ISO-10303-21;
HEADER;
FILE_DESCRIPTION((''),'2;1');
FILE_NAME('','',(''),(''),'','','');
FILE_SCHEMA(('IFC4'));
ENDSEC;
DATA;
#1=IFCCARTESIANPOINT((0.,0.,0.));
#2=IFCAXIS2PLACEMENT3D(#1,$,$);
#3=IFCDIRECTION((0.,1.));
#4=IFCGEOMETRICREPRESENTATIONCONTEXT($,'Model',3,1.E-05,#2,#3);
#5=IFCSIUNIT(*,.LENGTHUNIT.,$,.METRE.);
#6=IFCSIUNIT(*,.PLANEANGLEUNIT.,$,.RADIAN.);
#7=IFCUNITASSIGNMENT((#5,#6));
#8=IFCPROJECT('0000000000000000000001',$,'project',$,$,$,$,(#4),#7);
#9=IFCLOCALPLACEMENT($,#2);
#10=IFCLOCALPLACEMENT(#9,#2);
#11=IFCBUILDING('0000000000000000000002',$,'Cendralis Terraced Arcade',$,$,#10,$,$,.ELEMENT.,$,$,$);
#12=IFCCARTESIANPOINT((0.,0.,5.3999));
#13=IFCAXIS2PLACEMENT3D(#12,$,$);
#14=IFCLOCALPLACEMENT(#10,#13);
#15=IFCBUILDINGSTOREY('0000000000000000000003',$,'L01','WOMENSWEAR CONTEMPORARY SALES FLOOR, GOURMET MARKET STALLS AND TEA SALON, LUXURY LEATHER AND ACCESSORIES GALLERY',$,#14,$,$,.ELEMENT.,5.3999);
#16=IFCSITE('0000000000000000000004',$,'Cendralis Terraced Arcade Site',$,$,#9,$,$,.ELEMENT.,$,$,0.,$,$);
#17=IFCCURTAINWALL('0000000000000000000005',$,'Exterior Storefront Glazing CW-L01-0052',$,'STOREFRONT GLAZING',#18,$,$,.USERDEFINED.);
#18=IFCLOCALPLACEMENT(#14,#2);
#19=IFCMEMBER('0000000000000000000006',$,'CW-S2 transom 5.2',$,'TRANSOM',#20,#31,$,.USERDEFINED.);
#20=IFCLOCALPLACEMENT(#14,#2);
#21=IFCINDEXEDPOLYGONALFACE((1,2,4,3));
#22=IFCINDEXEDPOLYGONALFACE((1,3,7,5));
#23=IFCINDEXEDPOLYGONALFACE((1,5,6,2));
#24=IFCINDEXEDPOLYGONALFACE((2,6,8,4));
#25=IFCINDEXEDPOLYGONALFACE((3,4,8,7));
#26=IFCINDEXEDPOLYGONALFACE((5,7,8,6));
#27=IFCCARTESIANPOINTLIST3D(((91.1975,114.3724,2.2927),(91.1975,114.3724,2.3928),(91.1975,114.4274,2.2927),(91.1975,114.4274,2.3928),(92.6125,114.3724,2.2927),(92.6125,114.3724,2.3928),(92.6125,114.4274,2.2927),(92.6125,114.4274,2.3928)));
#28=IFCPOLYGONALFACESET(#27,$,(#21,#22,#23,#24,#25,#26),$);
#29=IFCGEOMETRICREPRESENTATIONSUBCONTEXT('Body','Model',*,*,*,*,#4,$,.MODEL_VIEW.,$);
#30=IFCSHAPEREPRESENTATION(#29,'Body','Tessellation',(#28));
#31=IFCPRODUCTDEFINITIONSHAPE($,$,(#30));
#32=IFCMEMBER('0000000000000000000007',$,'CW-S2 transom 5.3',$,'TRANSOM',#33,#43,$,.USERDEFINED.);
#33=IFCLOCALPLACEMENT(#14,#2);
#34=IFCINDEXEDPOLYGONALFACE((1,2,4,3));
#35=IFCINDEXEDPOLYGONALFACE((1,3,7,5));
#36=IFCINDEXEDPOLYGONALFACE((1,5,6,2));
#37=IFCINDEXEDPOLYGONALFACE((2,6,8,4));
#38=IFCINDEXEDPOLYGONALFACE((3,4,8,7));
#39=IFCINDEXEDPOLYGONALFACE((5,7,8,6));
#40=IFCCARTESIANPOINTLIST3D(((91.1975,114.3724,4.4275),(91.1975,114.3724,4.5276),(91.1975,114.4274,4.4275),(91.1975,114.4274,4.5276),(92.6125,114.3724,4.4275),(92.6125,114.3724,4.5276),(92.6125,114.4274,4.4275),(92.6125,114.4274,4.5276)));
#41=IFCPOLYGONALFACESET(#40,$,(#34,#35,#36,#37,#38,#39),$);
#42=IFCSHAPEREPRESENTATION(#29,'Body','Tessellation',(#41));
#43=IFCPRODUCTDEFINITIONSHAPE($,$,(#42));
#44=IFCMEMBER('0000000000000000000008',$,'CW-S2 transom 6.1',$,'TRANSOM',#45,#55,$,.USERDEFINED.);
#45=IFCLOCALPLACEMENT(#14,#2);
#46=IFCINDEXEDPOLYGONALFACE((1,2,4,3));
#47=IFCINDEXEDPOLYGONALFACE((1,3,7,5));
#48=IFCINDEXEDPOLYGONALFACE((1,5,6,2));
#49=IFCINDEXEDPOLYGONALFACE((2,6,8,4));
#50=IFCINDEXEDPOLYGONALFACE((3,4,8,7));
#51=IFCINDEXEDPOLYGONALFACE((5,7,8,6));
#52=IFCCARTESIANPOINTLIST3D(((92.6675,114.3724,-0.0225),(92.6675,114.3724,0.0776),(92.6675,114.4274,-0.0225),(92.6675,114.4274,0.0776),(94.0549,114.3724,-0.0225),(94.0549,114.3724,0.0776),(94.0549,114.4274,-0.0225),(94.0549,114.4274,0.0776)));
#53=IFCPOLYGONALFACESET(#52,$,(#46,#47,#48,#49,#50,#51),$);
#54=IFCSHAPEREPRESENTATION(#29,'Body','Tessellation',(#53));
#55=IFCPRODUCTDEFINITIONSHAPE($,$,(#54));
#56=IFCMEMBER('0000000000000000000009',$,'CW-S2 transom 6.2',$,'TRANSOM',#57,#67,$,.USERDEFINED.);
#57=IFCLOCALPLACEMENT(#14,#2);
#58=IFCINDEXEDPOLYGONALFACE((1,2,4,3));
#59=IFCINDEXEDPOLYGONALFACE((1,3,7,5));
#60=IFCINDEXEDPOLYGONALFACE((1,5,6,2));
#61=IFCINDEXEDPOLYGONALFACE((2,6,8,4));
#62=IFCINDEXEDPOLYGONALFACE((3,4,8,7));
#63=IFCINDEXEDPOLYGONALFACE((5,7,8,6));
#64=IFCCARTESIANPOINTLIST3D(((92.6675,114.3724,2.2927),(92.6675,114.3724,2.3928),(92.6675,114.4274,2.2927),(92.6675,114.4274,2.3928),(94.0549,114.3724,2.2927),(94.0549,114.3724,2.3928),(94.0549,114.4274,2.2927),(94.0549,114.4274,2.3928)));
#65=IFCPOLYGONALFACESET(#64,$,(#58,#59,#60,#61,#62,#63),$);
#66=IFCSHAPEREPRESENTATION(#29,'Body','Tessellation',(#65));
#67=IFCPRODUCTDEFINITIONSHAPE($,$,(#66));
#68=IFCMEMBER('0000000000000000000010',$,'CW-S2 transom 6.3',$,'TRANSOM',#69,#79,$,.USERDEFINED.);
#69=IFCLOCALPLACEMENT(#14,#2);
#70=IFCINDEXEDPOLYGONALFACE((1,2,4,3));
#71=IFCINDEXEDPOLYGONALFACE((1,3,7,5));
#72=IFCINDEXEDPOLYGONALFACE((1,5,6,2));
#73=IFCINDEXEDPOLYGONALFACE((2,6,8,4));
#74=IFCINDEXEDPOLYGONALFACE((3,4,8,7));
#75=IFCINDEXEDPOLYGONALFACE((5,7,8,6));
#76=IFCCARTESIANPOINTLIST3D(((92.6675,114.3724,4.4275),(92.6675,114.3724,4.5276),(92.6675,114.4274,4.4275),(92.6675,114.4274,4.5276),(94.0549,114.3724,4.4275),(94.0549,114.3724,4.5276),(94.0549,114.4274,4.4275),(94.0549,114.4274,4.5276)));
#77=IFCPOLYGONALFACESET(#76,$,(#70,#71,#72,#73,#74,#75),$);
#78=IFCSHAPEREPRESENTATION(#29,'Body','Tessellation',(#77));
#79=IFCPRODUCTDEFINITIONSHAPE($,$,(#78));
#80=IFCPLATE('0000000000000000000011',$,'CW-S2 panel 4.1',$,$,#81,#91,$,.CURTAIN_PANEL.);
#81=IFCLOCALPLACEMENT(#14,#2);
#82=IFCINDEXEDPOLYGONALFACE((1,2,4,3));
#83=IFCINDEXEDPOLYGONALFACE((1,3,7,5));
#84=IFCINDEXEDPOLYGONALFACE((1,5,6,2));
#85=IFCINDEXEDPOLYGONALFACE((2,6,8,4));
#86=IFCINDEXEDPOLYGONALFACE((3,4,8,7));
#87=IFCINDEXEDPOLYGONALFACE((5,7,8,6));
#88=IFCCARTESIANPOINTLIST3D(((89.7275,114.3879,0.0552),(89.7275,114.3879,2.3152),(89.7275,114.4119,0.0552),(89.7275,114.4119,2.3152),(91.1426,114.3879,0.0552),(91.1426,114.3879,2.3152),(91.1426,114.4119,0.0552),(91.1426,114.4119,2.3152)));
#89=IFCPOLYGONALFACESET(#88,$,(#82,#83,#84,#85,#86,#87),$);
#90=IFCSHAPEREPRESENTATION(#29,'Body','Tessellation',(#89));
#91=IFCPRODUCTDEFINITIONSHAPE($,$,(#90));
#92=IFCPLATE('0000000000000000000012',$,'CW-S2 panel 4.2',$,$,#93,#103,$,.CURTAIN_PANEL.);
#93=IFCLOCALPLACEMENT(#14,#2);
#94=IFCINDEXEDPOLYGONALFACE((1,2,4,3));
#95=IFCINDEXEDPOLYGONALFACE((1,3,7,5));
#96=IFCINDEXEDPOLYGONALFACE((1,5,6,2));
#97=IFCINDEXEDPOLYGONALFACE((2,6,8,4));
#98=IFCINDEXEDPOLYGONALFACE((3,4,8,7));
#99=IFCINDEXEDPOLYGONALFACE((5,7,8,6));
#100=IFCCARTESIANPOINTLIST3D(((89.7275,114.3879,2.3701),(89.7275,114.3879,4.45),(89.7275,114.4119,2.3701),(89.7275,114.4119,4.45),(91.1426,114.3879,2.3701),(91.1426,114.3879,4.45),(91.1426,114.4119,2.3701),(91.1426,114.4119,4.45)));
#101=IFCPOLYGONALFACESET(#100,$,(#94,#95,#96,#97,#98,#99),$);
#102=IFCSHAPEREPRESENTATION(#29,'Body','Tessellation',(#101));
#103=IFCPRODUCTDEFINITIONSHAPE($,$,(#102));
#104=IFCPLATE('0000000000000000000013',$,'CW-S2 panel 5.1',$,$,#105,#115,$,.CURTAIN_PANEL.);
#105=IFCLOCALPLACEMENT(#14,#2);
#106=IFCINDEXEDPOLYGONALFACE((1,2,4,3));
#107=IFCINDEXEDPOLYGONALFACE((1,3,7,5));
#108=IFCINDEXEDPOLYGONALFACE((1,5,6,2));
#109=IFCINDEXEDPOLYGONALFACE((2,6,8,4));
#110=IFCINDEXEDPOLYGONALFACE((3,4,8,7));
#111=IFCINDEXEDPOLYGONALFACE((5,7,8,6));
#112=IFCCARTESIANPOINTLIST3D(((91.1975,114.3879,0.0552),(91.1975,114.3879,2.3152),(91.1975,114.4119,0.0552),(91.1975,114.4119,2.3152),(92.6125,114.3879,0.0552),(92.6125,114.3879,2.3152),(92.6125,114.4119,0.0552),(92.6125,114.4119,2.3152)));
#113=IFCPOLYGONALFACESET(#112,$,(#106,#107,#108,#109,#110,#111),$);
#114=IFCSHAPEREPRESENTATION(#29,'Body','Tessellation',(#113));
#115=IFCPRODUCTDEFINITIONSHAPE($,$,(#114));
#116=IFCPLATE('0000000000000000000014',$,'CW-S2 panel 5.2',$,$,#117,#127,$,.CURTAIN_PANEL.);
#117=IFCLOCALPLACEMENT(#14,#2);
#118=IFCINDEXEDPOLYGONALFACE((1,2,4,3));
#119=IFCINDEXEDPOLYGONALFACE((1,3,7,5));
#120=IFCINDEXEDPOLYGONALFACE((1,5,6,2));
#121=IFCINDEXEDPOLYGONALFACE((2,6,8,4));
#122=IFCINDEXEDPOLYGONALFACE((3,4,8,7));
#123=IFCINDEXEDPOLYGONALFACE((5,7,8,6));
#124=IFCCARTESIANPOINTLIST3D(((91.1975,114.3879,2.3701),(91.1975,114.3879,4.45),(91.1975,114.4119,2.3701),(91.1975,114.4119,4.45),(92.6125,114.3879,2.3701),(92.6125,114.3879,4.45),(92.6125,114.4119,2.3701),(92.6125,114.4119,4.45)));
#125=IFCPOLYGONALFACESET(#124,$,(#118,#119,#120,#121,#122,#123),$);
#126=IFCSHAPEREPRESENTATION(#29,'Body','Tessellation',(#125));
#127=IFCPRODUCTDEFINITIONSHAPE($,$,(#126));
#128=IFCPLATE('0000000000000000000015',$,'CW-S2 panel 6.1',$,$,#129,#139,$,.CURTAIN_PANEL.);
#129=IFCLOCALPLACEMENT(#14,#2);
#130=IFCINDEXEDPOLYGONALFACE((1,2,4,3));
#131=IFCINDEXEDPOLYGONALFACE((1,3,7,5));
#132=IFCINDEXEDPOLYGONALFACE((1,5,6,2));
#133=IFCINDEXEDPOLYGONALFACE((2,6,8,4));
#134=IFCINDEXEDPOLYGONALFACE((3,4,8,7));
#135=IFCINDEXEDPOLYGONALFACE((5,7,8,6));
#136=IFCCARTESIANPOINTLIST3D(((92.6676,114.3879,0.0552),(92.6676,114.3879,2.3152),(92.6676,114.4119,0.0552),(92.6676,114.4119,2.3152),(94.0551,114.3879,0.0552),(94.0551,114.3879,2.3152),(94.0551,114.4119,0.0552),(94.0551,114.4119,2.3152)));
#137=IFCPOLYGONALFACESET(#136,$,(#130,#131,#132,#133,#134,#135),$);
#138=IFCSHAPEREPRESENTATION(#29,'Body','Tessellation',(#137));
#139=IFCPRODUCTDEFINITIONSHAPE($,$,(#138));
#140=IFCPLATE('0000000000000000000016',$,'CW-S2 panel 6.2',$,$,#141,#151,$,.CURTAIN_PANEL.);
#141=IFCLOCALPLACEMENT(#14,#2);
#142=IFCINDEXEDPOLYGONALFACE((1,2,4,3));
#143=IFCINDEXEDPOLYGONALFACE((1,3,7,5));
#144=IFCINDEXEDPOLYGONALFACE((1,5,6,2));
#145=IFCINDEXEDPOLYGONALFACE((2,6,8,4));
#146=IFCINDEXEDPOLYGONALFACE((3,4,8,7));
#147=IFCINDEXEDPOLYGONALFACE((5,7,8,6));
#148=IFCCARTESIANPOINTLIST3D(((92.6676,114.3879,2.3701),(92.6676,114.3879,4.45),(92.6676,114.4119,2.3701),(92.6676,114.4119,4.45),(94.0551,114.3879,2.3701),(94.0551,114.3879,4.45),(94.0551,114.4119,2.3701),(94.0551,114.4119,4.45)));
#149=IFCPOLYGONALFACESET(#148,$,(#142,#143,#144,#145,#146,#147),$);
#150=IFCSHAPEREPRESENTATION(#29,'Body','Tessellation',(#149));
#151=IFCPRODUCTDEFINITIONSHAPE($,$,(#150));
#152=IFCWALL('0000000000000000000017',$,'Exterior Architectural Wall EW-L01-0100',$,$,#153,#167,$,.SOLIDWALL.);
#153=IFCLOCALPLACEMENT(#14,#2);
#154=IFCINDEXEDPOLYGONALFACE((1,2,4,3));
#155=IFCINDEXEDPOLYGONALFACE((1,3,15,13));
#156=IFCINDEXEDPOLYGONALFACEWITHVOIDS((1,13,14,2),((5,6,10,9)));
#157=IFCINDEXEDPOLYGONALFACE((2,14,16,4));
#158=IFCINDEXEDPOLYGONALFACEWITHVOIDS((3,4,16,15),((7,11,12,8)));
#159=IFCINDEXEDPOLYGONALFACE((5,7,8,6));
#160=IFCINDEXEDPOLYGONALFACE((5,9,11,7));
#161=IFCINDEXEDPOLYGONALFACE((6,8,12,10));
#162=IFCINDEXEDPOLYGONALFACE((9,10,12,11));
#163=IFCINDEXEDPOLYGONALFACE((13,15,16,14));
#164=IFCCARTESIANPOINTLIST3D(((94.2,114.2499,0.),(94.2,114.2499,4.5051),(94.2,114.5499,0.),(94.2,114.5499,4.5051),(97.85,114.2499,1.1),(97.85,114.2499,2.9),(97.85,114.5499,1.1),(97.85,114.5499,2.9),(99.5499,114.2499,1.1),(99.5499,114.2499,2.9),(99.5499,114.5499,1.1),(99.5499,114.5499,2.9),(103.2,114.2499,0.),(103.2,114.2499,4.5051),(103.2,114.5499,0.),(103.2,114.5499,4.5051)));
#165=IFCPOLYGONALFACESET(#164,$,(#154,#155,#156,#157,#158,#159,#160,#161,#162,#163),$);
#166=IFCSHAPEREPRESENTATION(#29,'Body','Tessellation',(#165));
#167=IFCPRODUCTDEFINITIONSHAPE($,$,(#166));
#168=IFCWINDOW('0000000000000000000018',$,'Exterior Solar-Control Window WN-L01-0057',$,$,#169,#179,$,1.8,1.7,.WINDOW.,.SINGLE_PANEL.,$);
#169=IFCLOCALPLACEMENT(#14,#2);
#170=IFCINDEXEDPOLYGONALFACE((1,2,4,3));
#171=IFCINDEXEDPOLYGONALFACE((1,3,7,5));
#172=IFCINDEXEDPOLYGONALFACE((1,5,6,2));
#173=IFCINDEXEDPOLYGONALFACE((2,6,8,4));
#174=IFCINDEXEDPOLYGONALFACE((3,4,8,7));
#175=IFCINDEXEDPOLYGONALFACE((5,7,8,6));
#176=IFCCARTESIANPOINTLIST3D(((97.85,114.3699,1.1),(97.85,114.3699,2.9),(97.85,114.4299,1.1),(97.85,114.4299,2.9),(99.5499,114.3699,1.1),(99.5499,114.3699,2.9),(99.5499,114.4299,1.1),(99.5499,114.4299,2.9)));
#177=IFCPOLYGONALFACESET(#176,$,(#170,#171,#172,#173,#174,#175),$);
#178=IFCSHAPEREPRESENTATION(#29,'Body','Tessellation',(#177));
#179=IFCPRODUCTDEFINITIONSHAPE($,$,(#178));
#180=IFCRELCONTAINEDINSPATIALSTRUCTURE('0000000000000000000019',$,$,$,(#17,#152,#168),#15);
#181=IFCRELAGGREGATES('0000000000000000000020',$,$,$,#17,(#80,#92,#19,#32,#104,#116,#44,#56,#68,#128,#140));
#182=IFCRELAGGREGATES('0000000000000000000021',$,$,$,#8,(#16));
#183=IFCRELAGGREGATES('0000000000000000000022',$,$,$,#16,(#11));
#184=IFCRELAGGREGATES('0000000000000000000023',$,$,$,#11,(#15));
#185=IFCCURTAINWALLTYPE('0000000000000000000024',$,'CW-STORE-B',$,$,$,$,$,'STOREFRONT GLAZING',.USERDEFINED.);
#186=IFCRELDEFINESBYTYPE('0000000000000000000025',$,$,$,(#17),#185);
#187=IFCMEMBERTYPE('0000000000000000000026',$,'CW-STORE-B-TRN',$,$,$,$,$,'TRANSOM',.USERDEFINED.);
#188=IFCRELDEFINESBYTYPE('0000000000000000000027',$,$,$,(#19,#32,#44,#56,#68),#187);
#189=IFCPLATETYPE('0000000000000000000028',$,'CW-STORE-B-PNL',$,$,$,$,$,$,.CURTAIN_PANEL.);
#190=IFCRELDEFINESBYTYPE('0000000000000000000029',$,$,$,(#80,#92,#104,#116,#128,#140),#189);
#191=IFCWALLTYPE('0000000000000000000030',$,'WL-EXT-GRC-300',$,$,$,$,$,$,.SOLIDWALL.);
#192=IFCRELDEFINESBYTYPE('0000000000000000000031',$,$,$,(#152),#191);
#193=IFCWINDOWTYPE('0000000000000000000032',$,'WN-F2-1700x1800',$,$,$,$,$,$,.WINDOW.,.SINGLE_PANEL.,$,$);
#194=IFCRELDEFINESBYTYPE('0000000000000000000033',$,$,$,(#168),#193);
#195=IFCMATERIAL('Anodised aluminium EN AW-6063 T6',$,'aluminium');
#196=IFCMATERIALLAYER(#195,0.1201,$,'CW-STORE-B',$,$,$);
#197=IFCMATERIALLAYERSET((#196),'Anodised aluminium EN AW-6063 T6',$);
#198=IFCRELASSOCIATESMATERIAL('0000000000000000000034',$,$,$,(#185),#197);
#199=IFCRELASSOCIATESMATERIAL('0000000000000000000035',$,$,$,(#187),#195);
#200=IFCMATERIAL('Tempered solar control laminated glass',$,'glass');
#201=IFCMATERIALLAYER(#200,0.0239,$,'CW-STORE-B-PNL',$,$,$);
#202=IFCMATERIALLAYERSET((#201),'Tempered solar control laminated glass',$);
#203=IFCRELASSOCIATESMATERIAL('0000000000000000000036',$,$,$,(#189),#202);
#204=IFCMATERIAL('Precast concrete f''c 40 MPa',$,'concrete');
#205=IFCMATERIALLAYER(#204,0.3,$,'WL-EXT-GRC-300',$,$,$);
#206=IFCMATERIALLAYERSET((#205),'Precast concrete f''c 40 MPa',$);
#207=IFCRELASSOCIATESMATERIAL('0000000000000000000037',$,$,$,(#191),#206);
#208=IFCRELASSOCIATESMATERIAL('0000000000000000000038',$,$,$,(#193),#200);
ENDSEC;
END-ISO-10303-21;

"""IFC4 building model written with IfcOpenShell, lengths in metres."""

from ifc_helpers import new_model, si_unit, direction, frame, frame_2d, origin, origin_2d, place, context, subcontext, project, spatial, rectangle, extrude, material, layer, layer_set, material_profile, profile_set, type_object, element, fill, aggregate, save


model = new_model("IFC4")

# Units and contexts
model_context = context("Model", 3, precision=1e-05, world=origin(), true_north=direction((0.0, 1.0)))
body_context = subcontext(model_context, "Body", "Model", "MODEL_VIEW")
ifc_project = project(units=[si_unit("LENGTHUNIT", "METRE"), si_unit("PLANEANGLEUNIT", "RADIAN")], contexts=[model_context])

# Site, building, storey
site_placement = place(None, origin())
site = spatial("IfcSite", under=ifc_project, at=site_placement, Name="Cendralis Terraced Arcade Site", CompositionType="ELEMENT", RefElevation=0.0)
building_placement = place(site_placement, origin())
building = spatial("IfcBuilding", under=site, at=building_placement, Name="Cendralis Terraced Arcade", CompositionType="ELEMENT")
storey_placement = place(building_placement, frame((0.0, 0.0, 5.3999)))
storey = spatial("IfcBuildingStorey", under=building, at=storey_placement, Name="L01", Description="WOMENSWEAR CONTEMPORARY SALES FLOOR, GOURMET MARKET STALLS AND TEA SALON, LUXURY LEATHER AND ACCESSORIES GALLERY", CompositionType="ELEMENT", Elevation=5.3999)

# Curtain wall, members, plates
ifc_material_1 = material(Name="Anodised aluminium EN AW-6063 T6", Category="aluminium")
ifc_layer_1 = layer(ifc_material_1, 0.1201, Name="CW-STORE-B")
ifc_layer_set_1 = layer_set([ifc_layer_1], Name="Anodised aluminium EN AW-6063 T6")
curtain_wall_type = type_object("IfcCurtainWallType", Name="CW-STORE-B", ElementType="STOREFRONT GLAZING", PredefinedType="USERDEFINED", material=ifc_layer_set_1)
curtain_wall_placement = place(storey_placement, origin())
curtain_wall = element("IfcCurtainWall", 1, at=curtain_wall_placement, inside=storey, type_object=curtain_wall_type, Name="Exterior Storefront Glazing CW-L01-0052", ObjectType="STOREFRONT GLAZING", PredefinedType="USERDEFINED")
ifc_material_profile_1 = material_profile(ifc_material_1, rectangle(XDim=0.0549, YDim=0.1001, at=origin_2d()), Name="ALU-TRN-55x100")
ifc_profile_set_1 = profile_set([ifc_material_profile_1], Name="Anodised aluminium EN AW-6063 T6")
member_type_1 = type_object("IfcMemberType", Name="CW-STORE-B-TRN", ElementType="TRANSOM", PredefinedType="USERDEFINED", material=ifc_profile_set_1)
member_1_placement = place(storey_placement, frame((91.1975, 114.3999, 2.3428), z_axis=(1.0, 0.0, 0.0), x_axis=(0.0, 1.0, 0.0)))
member_1 = element("IfcMember", 2, at=member_1_placement, type_object=member_type_1, Name="CW-S2 transom 5.2", ObjectType="TRANSOM", PredefinedType="USERDEFINED", context=body_context, shape_type="SweptSolid", body=[
    extrude(rectangle(XDim=0.0549, YDim=0.1001, at=origin_2d()), origin(), (0.0, 0.0, 1.0), 1.415),
])
member_2_placement = place(storey_placement, frame((91.1975, 114.3999, 4.4775), z_axis=(1.0, 0.0, 0.0), x_axis=(0.0, 1.0, 0.0)))
member_2 = element("IfcMember", 3, at=member_2_placement, type_object=member_type_1, Name="CW-S2 transom 5.3", ObjectType="TRANSOM", PredefinedType="USERDEFINED", context=body_context, shape_type="SweptSolid", body=[
    extrude(rectangle(XDim=0.0549, YDim=0.1001, at=origin_2d()), origin(), (0.0, 0.0, 1.0), 1.415),
])
member_3_placement = place(storey_placement, frame((92.6675, 114.3999, 0.0276), z_axis=(1.0, 0.0, 0.0), x_axis=(0.0, 1.0, 0.0)))
member_3 = element("IfcMember", 4, at=member_3_placement, type_object=member_type_1, Name="CW-S2 transom 6.1", ObjectType="TRANSOM", PredefinedType="USERDEFINED", context=body_context, shape_type="SweptSolid", body=[
    extrude(rectangle(XDim=0.0549, YDim=0.1001, at=origin_2d()), origin(), (0.0, 0.0, 1.0), 1.3875),
])
member_4_placement = place(storey_placement, frame((92.6675, 114.3999, 2.3428), z_axis=(1.0, 0.0, 0.0), x_axis=(0.0, 1.0, 0.0)))
member_4 = element("IfcMember", 5, at=member_4_placement, type_object=member_type_1, Name="CW-S2 transom 6.2", ObjectType="TRANSOM", PredefinedType="USERDEFINED", context=body_context, shape_type="SweptSolid", body=[
    extrude(rectangle(XDim=0.0549, YDim=0.1001, at=origin_2d()), origin(), (0.0, 0.0, 1.0), 1.3875),
])
member_5_placement = place(storey_placement, frame((92.6675, 114.3999, 4.4775), z_axis=(1.0, 0.0, 0.0), x_axis=(0.0, 1.0, 0.0)))
member_5 = element("IfcMember", 6, at=member_5_placement, type_object=member_type_1, Name="CW-S2 transom 6.3", ObjectType="TRANSOM", PredefinedType="USERDEFINED", context=body_context, shape_type="SweptSolid", body=[
    extrude(rectangle(XDim=0.0549, YDim=0.1001, at=origin_2d()), origin(), (0.0, 0.0, 1.0), 1.3875),
])
ifc_material_2 = material(Name="Tempered solar control laminated glass", Category="glass")
ifc_layer_2 = layer(ifc_material_2, 0.0239, Name="CW-STORE-B-PNL")
ifc_layer_set_2 = layer_set([ifc_layer_2], Name="Tempered solar control laminated glass")
plate_type = type_object("IfcPlateType", Name="CW-STORE-B-PNL", PredefinedType="CURTAIN_PANEL", material=ifc_layer_set_2)
plate_1_placement = place(storey_placement, frame((90.4351, 114.3999, 0.0552), z_axis=(0.0, 0.0, 1.0), x_axis=(1.0, 0.0, 0.0)))
plate_1 = element("IfcPlate", 7, at=plate_1_placement, type_object=plate_type, Name="CW-S2 panel 4.1", PredefinedType="CURTAIN_PANEL", context=body_context, shape_type="SweptSolid", body=[
    extrude(rectangle(XDim=1.415, YDim=0.0239, at=origin_2d()), origin(), (0.0, 0.0, 1.0), 2.26),
])
plate_2_placement = place(storey_placement, frame((90.4351, 114.3999, 2.3701), z_axis=(0.0, 0.0, 1.0), x_axis=(1.0, 0.0, 0.0)))
plate_2 = element("IfcPlate", 8, at=plate_2_placement, type_object=plate_type, Name="CW-S2 panel 4.2", PredefinedType="CURTAIN_PANEL", context=body_context, shape_type="SweptSolid", body=[
    extrude(rectangle(XDim=1.415, YDim=0.0239, at=origin_2d()), origin(), (0.0, 0.0, 1.0), 2.0798),
])
plate_3_placement = place(storey_placement, frame((91.905, 114.3999, 0.0552), z_axis=(0.0, 0.0, 1.0), x_axis=(1.0, 0.0, 0.0)))
plate_3 = element("IfcPlate", 9, at=plate_3_placement, type_object=plate_type, Name="CW-S2 panel 5.1", PredefinedType="CURTAIN_PANEL", context=body_context, shape_type="SweptSolid", body=[
    extrude(rectangle(XDim=1.415, YDim=0.0239, at=origin_2d()), origin(), (0.0, 0.0, 1.0), 2.26),
])
plate_4_placement = place(storey_placement, frame((91.905, 114.3999, 2.3701), z_axis=(0.0, 0.0, 1.0), x_axis=(1.0, 0.0, 0.0)))
plate_4 = element("IfcPlate", 10, at=plate_4_placement, type_object=plate_type, Name="CW-S2 panel 5.2", PredefinedType="CURTAIN_PANEL", context=body_context, shape_type="SweptSolid", body=[
    extrude(rectangle(XDim=1.415, YDim=0.0239, at=origin_2d()), origin(), (0.0, 0.0, 1.0), 2.0798),
])
plate_5_placement = place(storey_placement, frame((93.3613, 114.3999, 0.0552), z_axis=(0.0, 0.0, 1.0), x_axis=(1.0, 0.0, 0.0)))
plate_5 = element("IfcPlate", 11, at=plate_5_placement, type_object=plate_type, Name="CW-S2 panel 6.1", PredefinedType="CURTAIN_PANEL", context=body_context, shape_type="SweptSolid", body=[
    extrude(rectangle(XDim=1.3875, YDim=0.0239, at=origin_2d()), origin(), (0.0, 0.0, 1.0), 2.26),
])
plate_6_placement = place(storey_placement, frame((93.3613, 114.3999, 2.3701), z_axis=(0.0, 0.0, 1.0), x_axis=(1.0, 0.0, 0.0)))
plate_6 = element("IfcPlate", 12, at=plate_6_placement, type_object=plate_type, Name="CW-S2 panel 6.2", PredefinedType="CURTAIN_PANEL", context=body_context, shape_type="SweptSolid", body=[
    extrude(rectangle(XDim=1.3875, YDim=0.0239, at=origin_2d()), origin(), (0.0, 0.0, 1.0), 2.0798),
])
aggregate(curtain_wall, [plate_1, plate_2, member_1, member_2, plate_3, plate_4, member_3, member_4, member_5, plate_5, plate_6])

# Wall, opening, window
ifc_material_3 = material(Name="Precast concrete f'c 40 MPa", Category="concrete")
ifc_layer_3 = layer(ifc_material_3, 0.3, Name="WL-EXT-GRC-300")
ifc_layer_set_3 = layer_set([ifc_layer_3], Name="Precast concrete f'c 40 MPa")
wall_type = type_object("IfcWallType", Name="WL-EXT-GRC-300", PredefinedType="SOLIDWALL", material=ifc_layer_set_3)
wall_1_placement = place(storey_placement, frame((94.2, 114.3999, 0.0), z_axis=(0.0, 0.0, 1.0), x_axis=(1.0, 0.0, 0.0)))
wall_1 = element("IfcWall", 13, at=wall_1_placement, inside=storey, type_object=wall_type, Name="Exterior Architectural Wall EW-L01-0100", PredefinedType="SOLIDWALL", context=body_context, shape_type="SweptSolid", body=[
    extrude(rectangle(XDim=9.0, YDim=0.3, at=frame_2d((4.5, 0.0))), origin(), (0.0, 0.0, 1.0), 4.5051),
])
opening_1_placement = place(wall_1_placement, frame((3.6499, 0.0, 1.1001)))
opening_1 = element("IfcOpeningElement", 14, at=opening_1_placement, cuts=wall_1, PredefinedType="OPENING", context=body_context, shape_type="SweptSolid", body=[
    extrude(rectangle(XDim=1.7, YDim=1.8, at=frame_2d((0.8501, 0.8999))), frame((0.0, 0.1621, 0.0), z_axis=(0.0, -1.0, 0.0), x_axis=(1.0, 0.0, 0.0)), (0.0, 0.0, 1.0), 0.324),
])
window_type_1 = type_object("IfcWindowType", Name="WN-F2-1700x1800", PartitioningType="SINGLE_PANEL", PredefinedType="WINDOW", material=ifc_material_2)
window_1_placement = place(opening_1_placement, origin())
window_1 = element("IfcWindow", 15, at=window_1_placement, inside=storey, type_object=window_type_1, Name="Exterior Solar-Control Window WN-L01-0057", OverallHeight=1.8, OverallWidth=1.7, PartitioningType="SINGLE_PANEL", PredefinedType="WINDOW", context=body_context, shape_type="SweptSolid", body=[
    extrude(rectangle(XDim=1.7, YDim=1.8, at=frame_2d((0.8501, 0.8999))), frame((0.0, 0.03, 0.0), z_axis=(0.0, -1.0, 0.0), x_axis=(1.0, 0.0, 0.0)), (0.0, 0.0, 1.0), 0.0601),
])
fill(opening_1, window_1)

save(model, "model.ifc")
